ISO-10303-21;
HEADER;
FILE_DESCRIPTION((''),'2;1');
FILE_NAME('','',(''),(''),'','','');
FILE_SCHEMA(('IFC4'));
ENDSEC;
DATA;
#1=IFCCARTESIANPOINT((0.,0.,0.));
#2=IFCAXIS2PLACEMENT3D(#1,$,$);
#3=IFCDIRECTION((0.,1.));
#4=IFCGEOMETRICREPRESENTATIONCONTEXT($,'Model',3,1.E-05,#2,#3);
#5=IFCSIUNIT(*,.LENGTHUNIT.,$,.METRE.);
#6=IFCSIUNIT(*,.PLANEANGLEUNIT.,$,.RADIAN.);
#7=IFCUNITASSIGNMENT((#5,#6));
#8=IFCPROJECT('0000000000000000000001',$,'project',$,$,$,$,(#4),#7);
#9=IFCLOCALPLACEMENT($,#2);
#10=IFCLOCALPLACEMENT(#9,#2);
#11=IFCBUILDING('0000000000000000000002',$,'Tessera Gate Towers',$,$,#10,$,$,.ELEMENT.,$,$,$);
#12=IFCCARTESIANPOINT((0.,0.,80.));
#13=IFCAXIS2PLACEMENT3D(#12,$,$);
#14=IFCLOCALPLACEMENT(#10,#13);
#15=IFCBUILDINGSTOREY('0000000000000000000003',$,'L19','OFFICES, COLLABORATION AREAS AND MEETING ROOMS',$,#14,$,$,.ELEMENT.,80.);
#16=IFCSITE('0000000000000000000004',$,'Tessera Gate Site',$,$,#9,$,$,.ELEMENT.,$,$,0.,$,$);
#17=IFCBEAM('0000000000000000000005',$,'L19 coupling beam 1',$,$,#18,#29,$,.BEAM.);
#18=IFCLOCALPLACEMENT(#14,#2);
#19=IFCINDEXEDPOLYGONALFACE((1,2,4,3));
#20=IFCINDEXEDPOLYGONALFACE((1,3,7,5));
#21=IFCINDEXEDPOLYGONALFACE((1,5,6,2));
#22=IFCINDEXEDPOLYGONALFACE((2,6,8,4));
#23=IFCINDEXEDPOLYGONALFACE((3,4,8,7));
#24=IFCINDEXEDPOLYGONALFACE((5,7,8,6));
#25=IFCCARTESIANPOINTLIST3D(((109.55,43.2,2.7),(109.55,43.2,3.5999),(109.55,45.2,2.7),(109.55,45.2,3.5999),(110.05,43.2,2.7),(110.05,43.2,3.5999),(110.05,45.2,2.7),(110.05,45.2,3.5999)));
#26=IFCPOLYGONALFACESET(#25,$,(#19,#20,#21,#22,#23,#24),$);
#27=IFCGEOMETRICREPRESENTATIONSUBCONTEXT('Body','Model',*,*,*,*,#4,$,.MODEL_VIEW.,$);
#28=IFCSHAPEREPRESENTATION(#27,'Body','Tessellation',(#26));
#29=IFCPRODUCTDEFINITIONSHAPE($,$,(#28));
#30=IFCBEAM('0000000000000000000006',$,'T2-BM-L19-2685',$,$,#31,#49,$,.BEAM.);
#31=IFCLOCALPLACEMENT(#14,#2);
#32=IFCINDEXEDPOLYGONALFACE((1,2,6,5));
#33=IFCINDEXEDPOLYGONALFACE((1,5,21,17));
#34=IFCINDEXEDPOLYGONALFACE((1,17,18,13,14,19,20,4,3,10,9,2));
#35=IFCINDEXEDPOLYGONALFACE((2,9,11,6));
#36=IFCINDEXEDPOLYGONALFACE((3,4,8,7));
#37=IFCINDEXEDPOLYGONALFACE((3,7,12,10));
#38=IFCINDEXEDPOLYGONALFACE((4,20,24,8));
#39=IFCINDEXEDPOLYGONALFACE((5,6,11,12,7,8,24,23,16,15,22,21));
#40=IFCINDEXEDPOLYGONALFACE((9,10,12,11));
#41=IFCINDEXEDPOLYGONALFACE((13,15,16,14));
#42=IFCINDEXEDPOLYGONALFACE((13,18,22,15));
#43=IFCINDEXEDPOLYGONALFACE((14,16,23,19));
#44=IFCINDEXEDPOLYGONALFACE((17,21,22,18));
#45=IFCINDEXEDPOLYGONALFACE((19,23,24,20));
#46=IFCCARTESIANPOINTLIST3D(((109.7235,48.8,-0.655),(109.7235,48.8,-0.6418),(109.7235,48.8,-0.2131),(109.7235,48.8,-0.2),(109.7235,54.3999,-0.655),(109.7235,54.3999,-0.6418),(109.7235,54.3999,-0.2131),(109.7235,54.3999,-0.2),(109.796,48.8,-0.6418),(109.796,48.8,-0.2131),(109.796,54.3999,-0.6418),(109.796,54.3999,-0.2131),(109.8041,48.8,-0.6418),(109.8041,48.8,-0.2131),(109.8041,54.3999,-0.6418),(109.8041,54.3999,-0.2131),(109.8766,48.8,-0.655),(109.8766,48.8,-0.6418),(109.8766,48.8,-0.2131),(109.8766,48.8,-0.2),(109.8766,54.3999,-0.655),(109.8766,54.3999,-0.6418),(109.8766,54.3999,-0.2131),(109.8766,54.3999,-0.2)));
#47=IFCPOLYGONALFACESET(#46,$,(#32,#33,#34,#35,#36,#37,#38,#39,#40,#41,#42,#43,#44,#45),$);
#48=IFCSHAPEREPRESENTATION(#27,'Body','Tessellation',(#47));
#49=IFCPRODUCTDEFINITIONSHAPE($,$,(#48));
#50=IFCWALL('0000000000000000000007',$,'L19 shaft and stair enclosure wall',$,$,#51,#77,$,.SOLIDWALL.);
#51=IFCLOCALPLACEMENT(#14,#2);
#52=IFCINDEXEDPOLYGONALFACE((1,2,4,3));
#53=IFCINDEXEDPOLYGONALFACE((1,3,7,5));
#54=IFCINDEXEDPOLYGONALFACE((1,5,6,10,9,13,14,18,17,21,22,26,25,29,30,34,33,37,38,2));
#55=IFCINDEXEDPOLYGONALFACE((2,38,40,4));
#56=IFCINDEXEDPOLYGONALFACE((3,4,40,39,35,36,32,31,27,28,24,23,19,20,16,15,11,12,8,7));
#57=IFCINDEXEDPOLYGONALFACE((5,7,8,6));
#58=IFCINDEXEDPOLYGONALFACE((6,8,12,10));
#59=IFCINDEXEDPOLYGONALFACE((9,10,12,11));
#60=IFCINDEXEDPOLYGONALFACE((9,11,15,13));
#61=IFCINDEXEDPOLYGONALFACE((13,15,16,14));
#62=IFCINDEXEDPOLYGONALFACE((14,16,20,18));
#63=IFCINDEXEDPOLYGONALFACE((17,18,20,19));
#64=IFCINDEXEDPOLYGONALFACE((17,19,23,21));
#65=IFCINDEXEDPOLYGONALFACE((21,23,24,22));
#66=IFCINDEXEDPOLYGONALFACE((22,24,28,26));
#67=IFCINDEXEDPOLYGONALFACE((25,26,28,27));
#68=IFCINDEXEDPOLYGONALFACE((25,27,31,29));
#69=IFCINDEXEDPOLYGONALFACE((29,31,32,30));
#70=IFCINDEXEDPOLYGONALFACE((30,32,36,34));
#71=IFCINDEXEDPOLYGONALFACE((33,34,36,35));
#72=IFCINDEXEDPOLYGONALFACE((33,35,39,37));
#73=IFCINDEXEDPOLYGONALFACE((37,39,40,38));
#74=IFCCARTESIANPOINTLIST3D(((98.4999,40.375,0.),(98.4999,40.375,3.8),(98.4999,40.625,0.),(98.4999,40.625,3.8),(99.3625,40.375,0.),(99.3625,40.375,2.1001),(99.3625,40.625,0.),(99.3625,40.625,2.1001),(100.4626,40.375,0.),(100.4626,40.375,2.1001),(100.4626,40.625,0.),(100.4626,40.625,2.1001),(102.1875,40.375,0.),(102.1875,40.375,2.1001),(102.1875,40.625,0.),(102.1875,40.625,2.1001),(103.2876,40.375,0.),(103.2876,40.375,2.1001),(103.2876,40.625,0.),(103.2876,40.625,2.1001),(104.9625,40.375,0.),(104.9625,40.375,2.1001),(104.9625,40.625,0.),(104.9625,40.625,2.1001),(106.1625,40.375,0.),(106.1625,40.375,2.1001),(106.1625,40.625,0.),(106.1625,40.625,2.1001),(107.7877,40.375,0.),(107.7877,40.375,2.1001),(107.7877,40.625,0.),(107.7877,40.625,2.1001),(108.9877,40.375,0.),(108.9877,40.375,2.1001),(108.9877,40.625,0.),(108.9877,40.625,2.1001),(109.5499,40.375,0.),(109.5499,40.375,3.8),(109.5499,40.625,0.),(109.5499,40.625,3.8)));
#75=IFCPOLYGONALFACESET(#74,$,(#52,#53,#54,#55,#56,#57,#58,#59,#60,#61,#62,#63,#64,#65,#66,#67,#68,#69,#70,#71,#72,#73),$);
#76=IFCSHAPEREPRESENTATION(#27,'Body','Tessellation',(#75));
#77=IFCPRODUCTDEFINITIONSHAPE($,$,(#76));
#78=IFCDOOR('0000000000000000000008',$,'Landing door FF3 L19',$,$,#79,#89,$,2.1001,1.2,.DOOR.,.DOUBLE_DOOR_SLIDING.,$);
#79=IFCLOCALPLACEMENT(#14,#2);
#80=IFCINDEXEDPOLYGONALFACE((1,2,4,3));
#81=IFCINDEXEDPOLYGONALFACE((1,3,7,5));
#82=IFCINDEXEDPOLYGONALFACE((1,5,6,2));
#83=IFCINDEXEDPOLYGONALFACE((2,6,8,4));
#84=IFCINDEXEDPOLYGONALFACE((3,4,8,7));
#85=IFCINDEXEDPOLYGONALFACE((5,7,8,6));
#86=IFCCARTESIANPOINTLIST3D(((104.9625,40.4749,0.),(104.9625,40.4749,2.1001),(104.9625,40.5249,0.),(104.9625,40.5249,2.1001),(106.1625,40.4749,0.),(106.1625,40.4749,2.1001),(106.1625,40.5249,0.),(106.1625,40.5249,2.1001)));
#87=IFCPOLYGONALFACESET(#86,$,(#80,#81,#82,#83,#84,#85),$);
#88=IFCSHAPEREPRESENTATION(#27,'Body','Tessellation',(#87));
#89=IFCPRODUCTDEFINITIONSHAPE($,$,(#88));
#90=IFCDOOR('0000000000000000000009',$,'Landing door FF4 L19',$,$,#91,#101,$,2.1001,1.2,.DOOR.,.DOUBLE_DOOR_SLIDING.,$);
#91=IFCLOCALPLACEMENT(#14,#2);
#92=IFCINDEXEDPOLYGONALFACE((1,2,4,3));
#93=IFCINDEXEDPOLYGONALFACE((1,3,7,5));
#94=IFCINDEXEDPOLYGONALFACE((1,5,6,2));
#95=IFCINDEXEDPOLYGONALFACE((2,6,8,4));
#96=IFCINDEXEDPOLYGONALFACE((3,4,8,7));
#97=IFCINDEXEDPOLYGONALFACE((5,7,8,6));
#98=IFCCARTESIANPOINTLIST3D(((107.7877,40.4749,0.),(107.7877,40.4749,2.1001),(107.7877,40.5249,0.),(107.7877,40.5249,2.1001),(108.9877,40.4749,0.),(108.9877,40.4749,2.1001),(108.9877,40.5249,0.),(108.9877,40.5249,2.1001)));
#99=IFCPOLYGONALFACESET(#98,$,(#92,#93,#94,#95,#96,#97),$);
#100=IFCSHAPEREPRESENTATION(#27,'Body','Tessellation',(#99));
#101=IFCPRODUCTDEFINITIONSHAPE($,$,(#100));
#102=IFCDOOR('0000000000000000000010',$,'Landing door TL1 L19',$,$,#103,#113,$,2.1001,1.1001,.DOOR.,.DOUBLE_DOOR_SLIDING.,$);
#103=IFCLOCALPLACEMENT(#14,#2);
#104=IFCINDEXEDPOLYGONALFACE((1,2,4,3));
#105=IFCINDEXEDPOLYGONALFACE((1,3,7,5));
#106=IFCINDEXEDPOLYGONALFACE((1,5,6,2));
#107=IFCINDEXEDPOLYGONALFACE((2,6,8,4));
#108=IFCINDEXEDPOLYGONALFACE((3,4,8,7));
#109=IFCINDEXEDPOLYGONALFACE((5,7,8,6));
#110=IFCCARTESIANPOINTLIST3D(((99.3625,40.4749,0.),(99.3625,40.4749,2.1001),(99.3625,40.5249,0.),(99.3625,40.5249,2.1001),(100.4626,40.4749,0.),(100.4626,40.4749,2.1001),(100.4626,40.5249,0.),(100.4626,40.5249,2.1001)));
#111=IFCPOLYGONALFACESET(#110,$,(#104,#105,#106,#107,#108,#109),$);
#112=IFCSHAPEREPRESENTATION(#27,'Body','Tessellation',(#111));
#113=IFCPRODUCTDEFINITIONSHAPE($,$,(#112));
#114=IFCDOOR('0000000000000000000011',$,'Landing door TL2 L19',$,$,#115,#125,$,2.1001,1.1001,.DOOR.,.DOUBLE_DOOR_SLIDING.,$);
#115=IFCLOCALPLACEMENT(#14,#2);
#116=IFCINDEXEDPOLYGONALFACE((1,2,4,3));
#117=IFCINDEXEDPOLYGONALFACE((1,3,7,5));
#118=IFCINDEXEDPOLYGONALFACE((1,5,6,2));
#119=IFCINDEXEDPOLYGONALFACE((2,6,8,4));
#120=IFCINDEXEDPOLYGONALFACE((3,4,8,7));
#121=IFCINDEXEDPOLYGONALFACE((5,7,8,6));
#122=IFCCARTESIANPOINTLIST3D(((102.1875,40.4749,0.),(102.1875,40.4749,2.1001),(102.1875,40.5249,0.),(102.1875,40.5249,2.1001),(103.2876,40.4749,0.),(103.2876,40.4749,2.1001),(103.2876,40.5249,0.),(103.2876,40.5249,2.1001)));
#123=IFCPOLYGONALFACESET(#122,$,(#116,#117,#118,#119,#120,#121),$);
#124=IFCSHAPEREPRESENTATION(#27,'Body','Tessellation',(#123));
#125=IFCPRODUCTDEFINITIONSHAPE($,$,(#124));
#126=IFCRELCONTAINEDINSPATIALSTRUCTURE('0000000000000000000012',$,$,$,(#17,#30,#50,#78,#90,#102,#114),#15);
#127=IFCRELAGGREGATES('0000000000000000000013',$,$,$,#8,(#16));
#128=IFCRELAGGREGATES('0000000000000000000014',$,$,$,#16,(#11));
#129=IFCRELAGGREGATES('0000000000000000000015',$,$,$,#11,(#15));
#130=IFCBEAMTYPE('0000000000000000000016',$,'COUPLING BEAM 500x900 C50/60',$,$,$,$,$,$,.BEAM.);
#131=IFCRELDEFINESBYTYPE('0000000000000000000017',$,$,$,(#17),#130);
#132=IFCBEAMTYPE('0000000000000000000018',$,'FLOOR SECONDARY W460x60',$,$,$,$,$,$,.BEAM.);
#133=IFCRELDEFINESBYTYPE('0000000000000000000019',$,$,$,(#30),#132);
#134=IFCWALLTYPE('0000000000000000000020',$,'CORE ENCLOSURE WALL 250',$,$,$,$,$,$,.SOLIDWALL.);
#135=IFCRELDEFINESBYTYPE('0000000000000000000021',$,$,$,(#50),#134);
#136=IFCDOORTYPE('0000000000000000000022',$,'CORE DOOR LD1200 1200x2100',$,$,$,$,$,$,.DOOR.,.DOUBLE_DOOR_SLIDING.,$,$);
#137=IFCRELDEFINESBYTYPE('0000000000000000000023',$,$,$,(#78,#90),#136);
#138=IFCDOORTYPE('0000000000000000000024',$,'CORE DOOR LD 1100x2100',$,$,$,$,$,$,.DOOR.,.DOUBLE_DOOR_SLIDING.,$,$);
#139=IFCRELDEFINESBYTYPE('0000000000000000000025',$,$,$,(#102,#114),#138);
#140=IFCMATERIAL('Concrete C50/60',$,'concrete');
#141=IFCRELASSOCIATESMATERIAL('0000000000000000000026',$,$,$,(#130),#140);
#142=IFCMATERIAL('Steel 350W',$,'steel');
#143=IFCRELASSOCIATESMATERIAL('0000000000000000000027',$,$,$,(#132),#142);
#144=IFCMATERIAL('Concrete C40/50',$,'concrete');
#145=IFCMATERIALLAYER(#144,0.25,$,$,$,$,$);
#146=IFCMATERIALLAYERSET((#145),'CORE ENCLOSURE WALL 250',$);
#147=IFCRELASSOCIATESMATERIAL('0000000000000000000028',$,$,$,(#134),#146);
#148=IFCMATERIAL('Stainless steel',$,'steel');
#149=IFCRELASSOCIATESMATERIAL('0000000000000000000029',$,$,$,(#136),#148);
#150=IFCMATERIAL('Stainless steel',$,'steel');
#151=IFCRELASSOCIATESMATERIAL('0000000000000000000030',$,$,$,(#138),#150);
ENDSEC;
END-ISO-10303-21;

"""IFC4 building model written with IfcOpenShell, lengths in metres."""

from ifc_helpers import new_model, si_unit, direction, frame, frame_2d, origin, origin_2d, place, context, subcontext, project, spatial, rectangle, i_section, extrude, source, transform, mapped, material, layer, layer_set, material_profile, profile_set, type_object, element, fill, save


model = new_model("IFC4")

# Units and contexts
model_context = context("Model", 3, precision=1e-05, world=origin(), true_north=direction((0.0, 1.0)))
body_context = subcontext(model_context, "Body", "Model", "MODEL_VIEW")
ifc_project = project(units=[si_unit("LENGTHUNIT", "METRE"), si_unit("PLANEANGLEUNIT", "RADIAN")], contexts=[model_context])

# Site, building, storey
site_placement = place(None, origin())
site = spatial("IfcSite", under=ifc_project, at=site_placement, Name="Tessera Gate Site", CompositionType="ELEMENT", RefElevation=0.0)
building_placement = place(site_placement, origin())
building = spatial("IfcBuilding", under=site, at=building_placement, Name="Tessera Gate Towers", CompositionType="ELEMENT")
storey_placement = place(building_placement, frame((0.0, 0.0, 80.0)))
storey = spatial("IfcBuildingStorey", under=building, at=storey_placement, Name="L19", Description="OFFICES, COLLABORATION AREAS AND MEETING ROOMS", CompositionType="ELEMENT", Elevation=80.0)

# Beams
ifc_material_1 = material(Name="Concrete C50/60", Category="concrete")
ifc_material_profile_1 = material_profile(ifc_material_1, rectangle(XDim=0.5, YDim=0.8999, at=origin_2d()), Name="RC 500x900")
ifc_profile_set_1 = profile_set([ifc_material_profile_1], Name="Concrete C50/60")
beam_type_1 = type_object("IfcBeamType", Name="COUPLING BEAM 500x900 C50/60", PredefinedType="BEAM", material=ifc_profile_set_1)
beam_1_placement = place(storey_placement, frame((109.8, 43.2, 3.1499), z_axis=(0.0, 1.0, 0.0), x_axis=(-1.0, 0.0, 0.0)))
element("IfcBeam", 1, at=beam_1_placement, inside=storey, type_object=beam_type_1, Name="L19 coupling beam 1", PredefinedType="BEAM", context=body_context, shape_type="SweptSolid", body=[
    extrude(rectangle(XDim=0.5, YDim=0.8999, at=origin_2d()), origin(), (0.0, 0.0, 1.0), 2.0),
])
ifc_material_2 = material(Name="Steel 350W", Category="steel")
ifc_material_profile_2 = material_profile(ifc_material_2, i_section(OverallWidth=0.1531, OverallDepth=0.4551, WebThickness=0.0081, FlangeThickness=0.0132, at=origin_2d()), Name="W460x60")
ifc_profile_set_2 = profile_set([ifc_material_profile_2], Name="Steel 350W")
beam_type_2 = type_object("IfcBeamType", Name="FLOOR SECONDARY W460x60", PredefinedType="BEAM", material=ifc_profile_set_2)
beam_2_placement = place(storey_placement, frame((109.8, 48.8, -0.4275), z_axis=(0.0, 1.0, 0.0), x_axis=(-1.0, 0.0, 0.0)))
element("IfcBeam", 2, at=beam_2_placement, inside=storey, type_object=beam_type_2, Name="T2-BM-L19-2685", PredefinedType="BEAM", context=body_context, shape_type="SweptSolid", body=[
    extrude(i_section(OverallWidth=0.1531, OverallDepth=0.4551, WebThickness=0.0081, FlangeThickness=0.0132, at=origin_2d()), origin(), (0.0, 0.0, 1.0), 5.5999),
])

# Wall, openings, doors
ifc_material_3 = material(Name="Concrete C40/50", Category="concrete")
ifc_layer_1 = layer(ifc_material_3, 0.25)
ifc_layer_set_1 = layer_set([ifc_layer_1], Name="CORE ENCLOSURE WALL 250")
wall_type_1 = type_object("IfcWallType", Name="CORE ENCLOSURE WALL 250", PredefinedType="SOLIDWALL", material=ifc_layer_set_1)
wall_1_placement = place(storey_placement, frame((98.5, 40.5, 0.0), z_axis=(0.0, 0.0, 1.0), x_axis=(1.0, 0.0, 0.0)))
wall_1 = element("IfcWall", 3, at=wall_1_placement, inside=storey, type_object=wall_type_1, Name="L19 shaft and stair enclosure wall", PredefinedType="SOLIDWALL", context=body_context, shape_type="SweptSolid", body=[
    extrude(rectangle(XDim=11.05, YDim=0.25, at=frame_2d((5.5249, 0.0))), origin(), (0.0, 0.0, 1.0), 3.8),
])
shared_shape_1 = source(origin(), body_context, "Body", "SweptSolid", [
    extrude(rectangle(XDim=1.1001, YDim=2.1001, at=frame_2d((0.55, 1.05))), frame((0.0, 0.135, 0.0), z_axis=(0.0, -1.0, 0.0), x_axis=(1.0, 0.0, 0.0)), (0.0, 0.0, 1.0), 0.27),
])
opening_1_placement = place(wall_1_placement, frame((0.8625, 0.0, 0.0)))
opening_1 = element("IfcOpeningElement", 4, at=opening_1_placement, cuts=wall_1, PredefinedType="OPENING", context=body_context, shape_type="MappedRepresentation", body=[
    mapped(shared_shape_1, transform((0.0, 0.0, 0.0), scale=1.0)),
])
opening_2_placement = place(wall_1_placement, frame((3.6875, 0.0, 0.0)))
opening_2 = element("IfcOpeningElement", 5, at=opening_2_placement, cuts=wall_1, PredefinedType="OPENING", context=body_context, shape_type="MappedRepresentation", body=[
    mapped(shared_shape_1, transform((0.0, 0.0, 0.0), scale=1.0)),
])
shared_shape_2 = source(origin(), body_context, "Body", "SweptSolid", [
    extrude(rectangle(XDim=1.2, YDim=2.1001, at=frame_2d((0.6001, 1.05))), frame((0.0, 0.135, 0.0), z_axis=(0.0, -1.0, 0.0), x_axis=(1.0, 0.0, 0.0)), (0.0, 0.0, 1.0), 0.27),
])
opening_3_placement = place(wall_1_placement, frame((6.4624, 0.0, 0.0)))
opening_3 = element("IfcOpeningElement", 6, at=opening_3_placement, cuts=wall_1, PredefinedType="OPENING", context=body_context, shape_type="MappedRepresentation", body=[
    mapped(shared_shape_2, transform((0.0, 0.0, 0.0), scale=1.0)),
])
opening_4_placement = place(wall_1_placement, frame((9.2876, 0.0, 0.0)))
opening_4 = element("IfcOpeningElement", 7, at=opening_4_placement, cuts=wall_1, PredefinedType="OPENING", context=body_context, shape_type="MappedRepresentation", body=[
    mapped(shared_shape_2, transform((0.0, 0.0, 0.0), scale=1.0)),
])
ifc_material_4 = material(Name="Stainless steel", Category="steel")
door_type_1 = type_object("IfcDoorType", Name="CORE DOOR LD1200 1200x2100", OperationType="DOUBLE_DOOR_SLIDING", PredefinedType="DOOR", material=ifc_material_4)
shared_shape_3 = source(origin(), body_context, "Body", "SweptSolid", [
    extrude(rectangle(XDim=1.2, YDim=2.1001, at=frame_2d((0.6001, 1.05))), frame((0.0, 0.0249, 0.0), z_axis=(0.0, -1.0, 0.0), x_axis=(1.0, 0.0, 0.0)), (0.0, 0.0, 1.0), 0.05),
])
door_1_placement = place(opening_3_placement, origin())
door_1 = element("IfcDoor", 8, at=door_1_placement, inside=storey, type_object=door_type_1, Name="Landing door FF3 L19", OperationType="DOUBLE_DOOR_SLIDING", OverallHeight=2.1001, OverallWidth=1.2, PredefinedType="DOOR", context=body_context, shape_type="MappedRepresentation", body=[
    mapped(shared_shape_3, transform((0.0, 0.0, 0.0), scale=1.0)),
])
fill(opening_3, door_1)
door_2_placement = place(opening_4_placement, origin())
door_2 = element("IfcDoor", 9, at=door_2_placement, inside=storey, type_object=door_type_1, Name="Landing door FF4 L19", OperationType="DOUBLE_DOOR_SLIDING", OverallHeight=2.1001, OverallWidth=1.2, PredefinedType="DOOR", context=body_context, shape_type="MappedRepresentation", body=[
    mapped(shared_shape_3, transform((0.0, 0.0, 0.0), scale=1.0)),
])
fill(opening_4, door_2)
ifc_material_5 = material(Name="Stainless steel", Category="steel")
door_type_2 = type_object("IfcDoorType", Name="CORE DOOR LD 1100x2100", OperationType="DOUBLE_DOOR_SLIDING", PredefinedType="DOOR", material=ifc_material_5)
shared_shape_4 = source(origin(), body_context, "Body", "SweptSolid", [
    extrude(rectangle(XDim=1.1001, YDim=2.1001, at=frame_2d((0.55, 1.05))), frame((0.0, 0.0249, 0.0), z_axis=(0.0, -1.0, 0.0), x_axis=(1.0, 0.0, 0.0)), (0.0, 0.0, 1.0), 0.05),
])
door_3_placement = place(opening_1_placement, origin())
door_3 = element("IfcDoor", 10, at=door_3_placement, inside=storey, type_object=door_type_2, Name="Landing door TL1 L19", OperationType="DOUBLE_DOOR_SLIDING", OverallHeight=2.1001, OverallWidth=1.1001, PredefinedType="DOOR", context=body_context, shape_type="MappedRepresentation", body=[
    mapped(shared_shape_4, transform((0.0, 0.0, 0.0), scale=1.0)),
])
fill(opening_1, door_3)
door_4_placement = place(opening_2_placement, origin())
door_4 = element("IfcDoor", 11, at=door_4_placement, inside=storey, type_object=door_type_2, Name="Landing door TL2 L19", OperationType="DOUBLE_DOOR_SLIDING", OverallHeight=2.1001, OverallWidth=1.1001, PredefinedType="DOOR", context=body_context, shape_type="MappedRepresentation", body=[
    mapped(shared_shape_4, transform((0.0, 0.0, 0.0), scale=1.0)),
])
fill(opening_2, door_4)

save(model, "model.ifc")
